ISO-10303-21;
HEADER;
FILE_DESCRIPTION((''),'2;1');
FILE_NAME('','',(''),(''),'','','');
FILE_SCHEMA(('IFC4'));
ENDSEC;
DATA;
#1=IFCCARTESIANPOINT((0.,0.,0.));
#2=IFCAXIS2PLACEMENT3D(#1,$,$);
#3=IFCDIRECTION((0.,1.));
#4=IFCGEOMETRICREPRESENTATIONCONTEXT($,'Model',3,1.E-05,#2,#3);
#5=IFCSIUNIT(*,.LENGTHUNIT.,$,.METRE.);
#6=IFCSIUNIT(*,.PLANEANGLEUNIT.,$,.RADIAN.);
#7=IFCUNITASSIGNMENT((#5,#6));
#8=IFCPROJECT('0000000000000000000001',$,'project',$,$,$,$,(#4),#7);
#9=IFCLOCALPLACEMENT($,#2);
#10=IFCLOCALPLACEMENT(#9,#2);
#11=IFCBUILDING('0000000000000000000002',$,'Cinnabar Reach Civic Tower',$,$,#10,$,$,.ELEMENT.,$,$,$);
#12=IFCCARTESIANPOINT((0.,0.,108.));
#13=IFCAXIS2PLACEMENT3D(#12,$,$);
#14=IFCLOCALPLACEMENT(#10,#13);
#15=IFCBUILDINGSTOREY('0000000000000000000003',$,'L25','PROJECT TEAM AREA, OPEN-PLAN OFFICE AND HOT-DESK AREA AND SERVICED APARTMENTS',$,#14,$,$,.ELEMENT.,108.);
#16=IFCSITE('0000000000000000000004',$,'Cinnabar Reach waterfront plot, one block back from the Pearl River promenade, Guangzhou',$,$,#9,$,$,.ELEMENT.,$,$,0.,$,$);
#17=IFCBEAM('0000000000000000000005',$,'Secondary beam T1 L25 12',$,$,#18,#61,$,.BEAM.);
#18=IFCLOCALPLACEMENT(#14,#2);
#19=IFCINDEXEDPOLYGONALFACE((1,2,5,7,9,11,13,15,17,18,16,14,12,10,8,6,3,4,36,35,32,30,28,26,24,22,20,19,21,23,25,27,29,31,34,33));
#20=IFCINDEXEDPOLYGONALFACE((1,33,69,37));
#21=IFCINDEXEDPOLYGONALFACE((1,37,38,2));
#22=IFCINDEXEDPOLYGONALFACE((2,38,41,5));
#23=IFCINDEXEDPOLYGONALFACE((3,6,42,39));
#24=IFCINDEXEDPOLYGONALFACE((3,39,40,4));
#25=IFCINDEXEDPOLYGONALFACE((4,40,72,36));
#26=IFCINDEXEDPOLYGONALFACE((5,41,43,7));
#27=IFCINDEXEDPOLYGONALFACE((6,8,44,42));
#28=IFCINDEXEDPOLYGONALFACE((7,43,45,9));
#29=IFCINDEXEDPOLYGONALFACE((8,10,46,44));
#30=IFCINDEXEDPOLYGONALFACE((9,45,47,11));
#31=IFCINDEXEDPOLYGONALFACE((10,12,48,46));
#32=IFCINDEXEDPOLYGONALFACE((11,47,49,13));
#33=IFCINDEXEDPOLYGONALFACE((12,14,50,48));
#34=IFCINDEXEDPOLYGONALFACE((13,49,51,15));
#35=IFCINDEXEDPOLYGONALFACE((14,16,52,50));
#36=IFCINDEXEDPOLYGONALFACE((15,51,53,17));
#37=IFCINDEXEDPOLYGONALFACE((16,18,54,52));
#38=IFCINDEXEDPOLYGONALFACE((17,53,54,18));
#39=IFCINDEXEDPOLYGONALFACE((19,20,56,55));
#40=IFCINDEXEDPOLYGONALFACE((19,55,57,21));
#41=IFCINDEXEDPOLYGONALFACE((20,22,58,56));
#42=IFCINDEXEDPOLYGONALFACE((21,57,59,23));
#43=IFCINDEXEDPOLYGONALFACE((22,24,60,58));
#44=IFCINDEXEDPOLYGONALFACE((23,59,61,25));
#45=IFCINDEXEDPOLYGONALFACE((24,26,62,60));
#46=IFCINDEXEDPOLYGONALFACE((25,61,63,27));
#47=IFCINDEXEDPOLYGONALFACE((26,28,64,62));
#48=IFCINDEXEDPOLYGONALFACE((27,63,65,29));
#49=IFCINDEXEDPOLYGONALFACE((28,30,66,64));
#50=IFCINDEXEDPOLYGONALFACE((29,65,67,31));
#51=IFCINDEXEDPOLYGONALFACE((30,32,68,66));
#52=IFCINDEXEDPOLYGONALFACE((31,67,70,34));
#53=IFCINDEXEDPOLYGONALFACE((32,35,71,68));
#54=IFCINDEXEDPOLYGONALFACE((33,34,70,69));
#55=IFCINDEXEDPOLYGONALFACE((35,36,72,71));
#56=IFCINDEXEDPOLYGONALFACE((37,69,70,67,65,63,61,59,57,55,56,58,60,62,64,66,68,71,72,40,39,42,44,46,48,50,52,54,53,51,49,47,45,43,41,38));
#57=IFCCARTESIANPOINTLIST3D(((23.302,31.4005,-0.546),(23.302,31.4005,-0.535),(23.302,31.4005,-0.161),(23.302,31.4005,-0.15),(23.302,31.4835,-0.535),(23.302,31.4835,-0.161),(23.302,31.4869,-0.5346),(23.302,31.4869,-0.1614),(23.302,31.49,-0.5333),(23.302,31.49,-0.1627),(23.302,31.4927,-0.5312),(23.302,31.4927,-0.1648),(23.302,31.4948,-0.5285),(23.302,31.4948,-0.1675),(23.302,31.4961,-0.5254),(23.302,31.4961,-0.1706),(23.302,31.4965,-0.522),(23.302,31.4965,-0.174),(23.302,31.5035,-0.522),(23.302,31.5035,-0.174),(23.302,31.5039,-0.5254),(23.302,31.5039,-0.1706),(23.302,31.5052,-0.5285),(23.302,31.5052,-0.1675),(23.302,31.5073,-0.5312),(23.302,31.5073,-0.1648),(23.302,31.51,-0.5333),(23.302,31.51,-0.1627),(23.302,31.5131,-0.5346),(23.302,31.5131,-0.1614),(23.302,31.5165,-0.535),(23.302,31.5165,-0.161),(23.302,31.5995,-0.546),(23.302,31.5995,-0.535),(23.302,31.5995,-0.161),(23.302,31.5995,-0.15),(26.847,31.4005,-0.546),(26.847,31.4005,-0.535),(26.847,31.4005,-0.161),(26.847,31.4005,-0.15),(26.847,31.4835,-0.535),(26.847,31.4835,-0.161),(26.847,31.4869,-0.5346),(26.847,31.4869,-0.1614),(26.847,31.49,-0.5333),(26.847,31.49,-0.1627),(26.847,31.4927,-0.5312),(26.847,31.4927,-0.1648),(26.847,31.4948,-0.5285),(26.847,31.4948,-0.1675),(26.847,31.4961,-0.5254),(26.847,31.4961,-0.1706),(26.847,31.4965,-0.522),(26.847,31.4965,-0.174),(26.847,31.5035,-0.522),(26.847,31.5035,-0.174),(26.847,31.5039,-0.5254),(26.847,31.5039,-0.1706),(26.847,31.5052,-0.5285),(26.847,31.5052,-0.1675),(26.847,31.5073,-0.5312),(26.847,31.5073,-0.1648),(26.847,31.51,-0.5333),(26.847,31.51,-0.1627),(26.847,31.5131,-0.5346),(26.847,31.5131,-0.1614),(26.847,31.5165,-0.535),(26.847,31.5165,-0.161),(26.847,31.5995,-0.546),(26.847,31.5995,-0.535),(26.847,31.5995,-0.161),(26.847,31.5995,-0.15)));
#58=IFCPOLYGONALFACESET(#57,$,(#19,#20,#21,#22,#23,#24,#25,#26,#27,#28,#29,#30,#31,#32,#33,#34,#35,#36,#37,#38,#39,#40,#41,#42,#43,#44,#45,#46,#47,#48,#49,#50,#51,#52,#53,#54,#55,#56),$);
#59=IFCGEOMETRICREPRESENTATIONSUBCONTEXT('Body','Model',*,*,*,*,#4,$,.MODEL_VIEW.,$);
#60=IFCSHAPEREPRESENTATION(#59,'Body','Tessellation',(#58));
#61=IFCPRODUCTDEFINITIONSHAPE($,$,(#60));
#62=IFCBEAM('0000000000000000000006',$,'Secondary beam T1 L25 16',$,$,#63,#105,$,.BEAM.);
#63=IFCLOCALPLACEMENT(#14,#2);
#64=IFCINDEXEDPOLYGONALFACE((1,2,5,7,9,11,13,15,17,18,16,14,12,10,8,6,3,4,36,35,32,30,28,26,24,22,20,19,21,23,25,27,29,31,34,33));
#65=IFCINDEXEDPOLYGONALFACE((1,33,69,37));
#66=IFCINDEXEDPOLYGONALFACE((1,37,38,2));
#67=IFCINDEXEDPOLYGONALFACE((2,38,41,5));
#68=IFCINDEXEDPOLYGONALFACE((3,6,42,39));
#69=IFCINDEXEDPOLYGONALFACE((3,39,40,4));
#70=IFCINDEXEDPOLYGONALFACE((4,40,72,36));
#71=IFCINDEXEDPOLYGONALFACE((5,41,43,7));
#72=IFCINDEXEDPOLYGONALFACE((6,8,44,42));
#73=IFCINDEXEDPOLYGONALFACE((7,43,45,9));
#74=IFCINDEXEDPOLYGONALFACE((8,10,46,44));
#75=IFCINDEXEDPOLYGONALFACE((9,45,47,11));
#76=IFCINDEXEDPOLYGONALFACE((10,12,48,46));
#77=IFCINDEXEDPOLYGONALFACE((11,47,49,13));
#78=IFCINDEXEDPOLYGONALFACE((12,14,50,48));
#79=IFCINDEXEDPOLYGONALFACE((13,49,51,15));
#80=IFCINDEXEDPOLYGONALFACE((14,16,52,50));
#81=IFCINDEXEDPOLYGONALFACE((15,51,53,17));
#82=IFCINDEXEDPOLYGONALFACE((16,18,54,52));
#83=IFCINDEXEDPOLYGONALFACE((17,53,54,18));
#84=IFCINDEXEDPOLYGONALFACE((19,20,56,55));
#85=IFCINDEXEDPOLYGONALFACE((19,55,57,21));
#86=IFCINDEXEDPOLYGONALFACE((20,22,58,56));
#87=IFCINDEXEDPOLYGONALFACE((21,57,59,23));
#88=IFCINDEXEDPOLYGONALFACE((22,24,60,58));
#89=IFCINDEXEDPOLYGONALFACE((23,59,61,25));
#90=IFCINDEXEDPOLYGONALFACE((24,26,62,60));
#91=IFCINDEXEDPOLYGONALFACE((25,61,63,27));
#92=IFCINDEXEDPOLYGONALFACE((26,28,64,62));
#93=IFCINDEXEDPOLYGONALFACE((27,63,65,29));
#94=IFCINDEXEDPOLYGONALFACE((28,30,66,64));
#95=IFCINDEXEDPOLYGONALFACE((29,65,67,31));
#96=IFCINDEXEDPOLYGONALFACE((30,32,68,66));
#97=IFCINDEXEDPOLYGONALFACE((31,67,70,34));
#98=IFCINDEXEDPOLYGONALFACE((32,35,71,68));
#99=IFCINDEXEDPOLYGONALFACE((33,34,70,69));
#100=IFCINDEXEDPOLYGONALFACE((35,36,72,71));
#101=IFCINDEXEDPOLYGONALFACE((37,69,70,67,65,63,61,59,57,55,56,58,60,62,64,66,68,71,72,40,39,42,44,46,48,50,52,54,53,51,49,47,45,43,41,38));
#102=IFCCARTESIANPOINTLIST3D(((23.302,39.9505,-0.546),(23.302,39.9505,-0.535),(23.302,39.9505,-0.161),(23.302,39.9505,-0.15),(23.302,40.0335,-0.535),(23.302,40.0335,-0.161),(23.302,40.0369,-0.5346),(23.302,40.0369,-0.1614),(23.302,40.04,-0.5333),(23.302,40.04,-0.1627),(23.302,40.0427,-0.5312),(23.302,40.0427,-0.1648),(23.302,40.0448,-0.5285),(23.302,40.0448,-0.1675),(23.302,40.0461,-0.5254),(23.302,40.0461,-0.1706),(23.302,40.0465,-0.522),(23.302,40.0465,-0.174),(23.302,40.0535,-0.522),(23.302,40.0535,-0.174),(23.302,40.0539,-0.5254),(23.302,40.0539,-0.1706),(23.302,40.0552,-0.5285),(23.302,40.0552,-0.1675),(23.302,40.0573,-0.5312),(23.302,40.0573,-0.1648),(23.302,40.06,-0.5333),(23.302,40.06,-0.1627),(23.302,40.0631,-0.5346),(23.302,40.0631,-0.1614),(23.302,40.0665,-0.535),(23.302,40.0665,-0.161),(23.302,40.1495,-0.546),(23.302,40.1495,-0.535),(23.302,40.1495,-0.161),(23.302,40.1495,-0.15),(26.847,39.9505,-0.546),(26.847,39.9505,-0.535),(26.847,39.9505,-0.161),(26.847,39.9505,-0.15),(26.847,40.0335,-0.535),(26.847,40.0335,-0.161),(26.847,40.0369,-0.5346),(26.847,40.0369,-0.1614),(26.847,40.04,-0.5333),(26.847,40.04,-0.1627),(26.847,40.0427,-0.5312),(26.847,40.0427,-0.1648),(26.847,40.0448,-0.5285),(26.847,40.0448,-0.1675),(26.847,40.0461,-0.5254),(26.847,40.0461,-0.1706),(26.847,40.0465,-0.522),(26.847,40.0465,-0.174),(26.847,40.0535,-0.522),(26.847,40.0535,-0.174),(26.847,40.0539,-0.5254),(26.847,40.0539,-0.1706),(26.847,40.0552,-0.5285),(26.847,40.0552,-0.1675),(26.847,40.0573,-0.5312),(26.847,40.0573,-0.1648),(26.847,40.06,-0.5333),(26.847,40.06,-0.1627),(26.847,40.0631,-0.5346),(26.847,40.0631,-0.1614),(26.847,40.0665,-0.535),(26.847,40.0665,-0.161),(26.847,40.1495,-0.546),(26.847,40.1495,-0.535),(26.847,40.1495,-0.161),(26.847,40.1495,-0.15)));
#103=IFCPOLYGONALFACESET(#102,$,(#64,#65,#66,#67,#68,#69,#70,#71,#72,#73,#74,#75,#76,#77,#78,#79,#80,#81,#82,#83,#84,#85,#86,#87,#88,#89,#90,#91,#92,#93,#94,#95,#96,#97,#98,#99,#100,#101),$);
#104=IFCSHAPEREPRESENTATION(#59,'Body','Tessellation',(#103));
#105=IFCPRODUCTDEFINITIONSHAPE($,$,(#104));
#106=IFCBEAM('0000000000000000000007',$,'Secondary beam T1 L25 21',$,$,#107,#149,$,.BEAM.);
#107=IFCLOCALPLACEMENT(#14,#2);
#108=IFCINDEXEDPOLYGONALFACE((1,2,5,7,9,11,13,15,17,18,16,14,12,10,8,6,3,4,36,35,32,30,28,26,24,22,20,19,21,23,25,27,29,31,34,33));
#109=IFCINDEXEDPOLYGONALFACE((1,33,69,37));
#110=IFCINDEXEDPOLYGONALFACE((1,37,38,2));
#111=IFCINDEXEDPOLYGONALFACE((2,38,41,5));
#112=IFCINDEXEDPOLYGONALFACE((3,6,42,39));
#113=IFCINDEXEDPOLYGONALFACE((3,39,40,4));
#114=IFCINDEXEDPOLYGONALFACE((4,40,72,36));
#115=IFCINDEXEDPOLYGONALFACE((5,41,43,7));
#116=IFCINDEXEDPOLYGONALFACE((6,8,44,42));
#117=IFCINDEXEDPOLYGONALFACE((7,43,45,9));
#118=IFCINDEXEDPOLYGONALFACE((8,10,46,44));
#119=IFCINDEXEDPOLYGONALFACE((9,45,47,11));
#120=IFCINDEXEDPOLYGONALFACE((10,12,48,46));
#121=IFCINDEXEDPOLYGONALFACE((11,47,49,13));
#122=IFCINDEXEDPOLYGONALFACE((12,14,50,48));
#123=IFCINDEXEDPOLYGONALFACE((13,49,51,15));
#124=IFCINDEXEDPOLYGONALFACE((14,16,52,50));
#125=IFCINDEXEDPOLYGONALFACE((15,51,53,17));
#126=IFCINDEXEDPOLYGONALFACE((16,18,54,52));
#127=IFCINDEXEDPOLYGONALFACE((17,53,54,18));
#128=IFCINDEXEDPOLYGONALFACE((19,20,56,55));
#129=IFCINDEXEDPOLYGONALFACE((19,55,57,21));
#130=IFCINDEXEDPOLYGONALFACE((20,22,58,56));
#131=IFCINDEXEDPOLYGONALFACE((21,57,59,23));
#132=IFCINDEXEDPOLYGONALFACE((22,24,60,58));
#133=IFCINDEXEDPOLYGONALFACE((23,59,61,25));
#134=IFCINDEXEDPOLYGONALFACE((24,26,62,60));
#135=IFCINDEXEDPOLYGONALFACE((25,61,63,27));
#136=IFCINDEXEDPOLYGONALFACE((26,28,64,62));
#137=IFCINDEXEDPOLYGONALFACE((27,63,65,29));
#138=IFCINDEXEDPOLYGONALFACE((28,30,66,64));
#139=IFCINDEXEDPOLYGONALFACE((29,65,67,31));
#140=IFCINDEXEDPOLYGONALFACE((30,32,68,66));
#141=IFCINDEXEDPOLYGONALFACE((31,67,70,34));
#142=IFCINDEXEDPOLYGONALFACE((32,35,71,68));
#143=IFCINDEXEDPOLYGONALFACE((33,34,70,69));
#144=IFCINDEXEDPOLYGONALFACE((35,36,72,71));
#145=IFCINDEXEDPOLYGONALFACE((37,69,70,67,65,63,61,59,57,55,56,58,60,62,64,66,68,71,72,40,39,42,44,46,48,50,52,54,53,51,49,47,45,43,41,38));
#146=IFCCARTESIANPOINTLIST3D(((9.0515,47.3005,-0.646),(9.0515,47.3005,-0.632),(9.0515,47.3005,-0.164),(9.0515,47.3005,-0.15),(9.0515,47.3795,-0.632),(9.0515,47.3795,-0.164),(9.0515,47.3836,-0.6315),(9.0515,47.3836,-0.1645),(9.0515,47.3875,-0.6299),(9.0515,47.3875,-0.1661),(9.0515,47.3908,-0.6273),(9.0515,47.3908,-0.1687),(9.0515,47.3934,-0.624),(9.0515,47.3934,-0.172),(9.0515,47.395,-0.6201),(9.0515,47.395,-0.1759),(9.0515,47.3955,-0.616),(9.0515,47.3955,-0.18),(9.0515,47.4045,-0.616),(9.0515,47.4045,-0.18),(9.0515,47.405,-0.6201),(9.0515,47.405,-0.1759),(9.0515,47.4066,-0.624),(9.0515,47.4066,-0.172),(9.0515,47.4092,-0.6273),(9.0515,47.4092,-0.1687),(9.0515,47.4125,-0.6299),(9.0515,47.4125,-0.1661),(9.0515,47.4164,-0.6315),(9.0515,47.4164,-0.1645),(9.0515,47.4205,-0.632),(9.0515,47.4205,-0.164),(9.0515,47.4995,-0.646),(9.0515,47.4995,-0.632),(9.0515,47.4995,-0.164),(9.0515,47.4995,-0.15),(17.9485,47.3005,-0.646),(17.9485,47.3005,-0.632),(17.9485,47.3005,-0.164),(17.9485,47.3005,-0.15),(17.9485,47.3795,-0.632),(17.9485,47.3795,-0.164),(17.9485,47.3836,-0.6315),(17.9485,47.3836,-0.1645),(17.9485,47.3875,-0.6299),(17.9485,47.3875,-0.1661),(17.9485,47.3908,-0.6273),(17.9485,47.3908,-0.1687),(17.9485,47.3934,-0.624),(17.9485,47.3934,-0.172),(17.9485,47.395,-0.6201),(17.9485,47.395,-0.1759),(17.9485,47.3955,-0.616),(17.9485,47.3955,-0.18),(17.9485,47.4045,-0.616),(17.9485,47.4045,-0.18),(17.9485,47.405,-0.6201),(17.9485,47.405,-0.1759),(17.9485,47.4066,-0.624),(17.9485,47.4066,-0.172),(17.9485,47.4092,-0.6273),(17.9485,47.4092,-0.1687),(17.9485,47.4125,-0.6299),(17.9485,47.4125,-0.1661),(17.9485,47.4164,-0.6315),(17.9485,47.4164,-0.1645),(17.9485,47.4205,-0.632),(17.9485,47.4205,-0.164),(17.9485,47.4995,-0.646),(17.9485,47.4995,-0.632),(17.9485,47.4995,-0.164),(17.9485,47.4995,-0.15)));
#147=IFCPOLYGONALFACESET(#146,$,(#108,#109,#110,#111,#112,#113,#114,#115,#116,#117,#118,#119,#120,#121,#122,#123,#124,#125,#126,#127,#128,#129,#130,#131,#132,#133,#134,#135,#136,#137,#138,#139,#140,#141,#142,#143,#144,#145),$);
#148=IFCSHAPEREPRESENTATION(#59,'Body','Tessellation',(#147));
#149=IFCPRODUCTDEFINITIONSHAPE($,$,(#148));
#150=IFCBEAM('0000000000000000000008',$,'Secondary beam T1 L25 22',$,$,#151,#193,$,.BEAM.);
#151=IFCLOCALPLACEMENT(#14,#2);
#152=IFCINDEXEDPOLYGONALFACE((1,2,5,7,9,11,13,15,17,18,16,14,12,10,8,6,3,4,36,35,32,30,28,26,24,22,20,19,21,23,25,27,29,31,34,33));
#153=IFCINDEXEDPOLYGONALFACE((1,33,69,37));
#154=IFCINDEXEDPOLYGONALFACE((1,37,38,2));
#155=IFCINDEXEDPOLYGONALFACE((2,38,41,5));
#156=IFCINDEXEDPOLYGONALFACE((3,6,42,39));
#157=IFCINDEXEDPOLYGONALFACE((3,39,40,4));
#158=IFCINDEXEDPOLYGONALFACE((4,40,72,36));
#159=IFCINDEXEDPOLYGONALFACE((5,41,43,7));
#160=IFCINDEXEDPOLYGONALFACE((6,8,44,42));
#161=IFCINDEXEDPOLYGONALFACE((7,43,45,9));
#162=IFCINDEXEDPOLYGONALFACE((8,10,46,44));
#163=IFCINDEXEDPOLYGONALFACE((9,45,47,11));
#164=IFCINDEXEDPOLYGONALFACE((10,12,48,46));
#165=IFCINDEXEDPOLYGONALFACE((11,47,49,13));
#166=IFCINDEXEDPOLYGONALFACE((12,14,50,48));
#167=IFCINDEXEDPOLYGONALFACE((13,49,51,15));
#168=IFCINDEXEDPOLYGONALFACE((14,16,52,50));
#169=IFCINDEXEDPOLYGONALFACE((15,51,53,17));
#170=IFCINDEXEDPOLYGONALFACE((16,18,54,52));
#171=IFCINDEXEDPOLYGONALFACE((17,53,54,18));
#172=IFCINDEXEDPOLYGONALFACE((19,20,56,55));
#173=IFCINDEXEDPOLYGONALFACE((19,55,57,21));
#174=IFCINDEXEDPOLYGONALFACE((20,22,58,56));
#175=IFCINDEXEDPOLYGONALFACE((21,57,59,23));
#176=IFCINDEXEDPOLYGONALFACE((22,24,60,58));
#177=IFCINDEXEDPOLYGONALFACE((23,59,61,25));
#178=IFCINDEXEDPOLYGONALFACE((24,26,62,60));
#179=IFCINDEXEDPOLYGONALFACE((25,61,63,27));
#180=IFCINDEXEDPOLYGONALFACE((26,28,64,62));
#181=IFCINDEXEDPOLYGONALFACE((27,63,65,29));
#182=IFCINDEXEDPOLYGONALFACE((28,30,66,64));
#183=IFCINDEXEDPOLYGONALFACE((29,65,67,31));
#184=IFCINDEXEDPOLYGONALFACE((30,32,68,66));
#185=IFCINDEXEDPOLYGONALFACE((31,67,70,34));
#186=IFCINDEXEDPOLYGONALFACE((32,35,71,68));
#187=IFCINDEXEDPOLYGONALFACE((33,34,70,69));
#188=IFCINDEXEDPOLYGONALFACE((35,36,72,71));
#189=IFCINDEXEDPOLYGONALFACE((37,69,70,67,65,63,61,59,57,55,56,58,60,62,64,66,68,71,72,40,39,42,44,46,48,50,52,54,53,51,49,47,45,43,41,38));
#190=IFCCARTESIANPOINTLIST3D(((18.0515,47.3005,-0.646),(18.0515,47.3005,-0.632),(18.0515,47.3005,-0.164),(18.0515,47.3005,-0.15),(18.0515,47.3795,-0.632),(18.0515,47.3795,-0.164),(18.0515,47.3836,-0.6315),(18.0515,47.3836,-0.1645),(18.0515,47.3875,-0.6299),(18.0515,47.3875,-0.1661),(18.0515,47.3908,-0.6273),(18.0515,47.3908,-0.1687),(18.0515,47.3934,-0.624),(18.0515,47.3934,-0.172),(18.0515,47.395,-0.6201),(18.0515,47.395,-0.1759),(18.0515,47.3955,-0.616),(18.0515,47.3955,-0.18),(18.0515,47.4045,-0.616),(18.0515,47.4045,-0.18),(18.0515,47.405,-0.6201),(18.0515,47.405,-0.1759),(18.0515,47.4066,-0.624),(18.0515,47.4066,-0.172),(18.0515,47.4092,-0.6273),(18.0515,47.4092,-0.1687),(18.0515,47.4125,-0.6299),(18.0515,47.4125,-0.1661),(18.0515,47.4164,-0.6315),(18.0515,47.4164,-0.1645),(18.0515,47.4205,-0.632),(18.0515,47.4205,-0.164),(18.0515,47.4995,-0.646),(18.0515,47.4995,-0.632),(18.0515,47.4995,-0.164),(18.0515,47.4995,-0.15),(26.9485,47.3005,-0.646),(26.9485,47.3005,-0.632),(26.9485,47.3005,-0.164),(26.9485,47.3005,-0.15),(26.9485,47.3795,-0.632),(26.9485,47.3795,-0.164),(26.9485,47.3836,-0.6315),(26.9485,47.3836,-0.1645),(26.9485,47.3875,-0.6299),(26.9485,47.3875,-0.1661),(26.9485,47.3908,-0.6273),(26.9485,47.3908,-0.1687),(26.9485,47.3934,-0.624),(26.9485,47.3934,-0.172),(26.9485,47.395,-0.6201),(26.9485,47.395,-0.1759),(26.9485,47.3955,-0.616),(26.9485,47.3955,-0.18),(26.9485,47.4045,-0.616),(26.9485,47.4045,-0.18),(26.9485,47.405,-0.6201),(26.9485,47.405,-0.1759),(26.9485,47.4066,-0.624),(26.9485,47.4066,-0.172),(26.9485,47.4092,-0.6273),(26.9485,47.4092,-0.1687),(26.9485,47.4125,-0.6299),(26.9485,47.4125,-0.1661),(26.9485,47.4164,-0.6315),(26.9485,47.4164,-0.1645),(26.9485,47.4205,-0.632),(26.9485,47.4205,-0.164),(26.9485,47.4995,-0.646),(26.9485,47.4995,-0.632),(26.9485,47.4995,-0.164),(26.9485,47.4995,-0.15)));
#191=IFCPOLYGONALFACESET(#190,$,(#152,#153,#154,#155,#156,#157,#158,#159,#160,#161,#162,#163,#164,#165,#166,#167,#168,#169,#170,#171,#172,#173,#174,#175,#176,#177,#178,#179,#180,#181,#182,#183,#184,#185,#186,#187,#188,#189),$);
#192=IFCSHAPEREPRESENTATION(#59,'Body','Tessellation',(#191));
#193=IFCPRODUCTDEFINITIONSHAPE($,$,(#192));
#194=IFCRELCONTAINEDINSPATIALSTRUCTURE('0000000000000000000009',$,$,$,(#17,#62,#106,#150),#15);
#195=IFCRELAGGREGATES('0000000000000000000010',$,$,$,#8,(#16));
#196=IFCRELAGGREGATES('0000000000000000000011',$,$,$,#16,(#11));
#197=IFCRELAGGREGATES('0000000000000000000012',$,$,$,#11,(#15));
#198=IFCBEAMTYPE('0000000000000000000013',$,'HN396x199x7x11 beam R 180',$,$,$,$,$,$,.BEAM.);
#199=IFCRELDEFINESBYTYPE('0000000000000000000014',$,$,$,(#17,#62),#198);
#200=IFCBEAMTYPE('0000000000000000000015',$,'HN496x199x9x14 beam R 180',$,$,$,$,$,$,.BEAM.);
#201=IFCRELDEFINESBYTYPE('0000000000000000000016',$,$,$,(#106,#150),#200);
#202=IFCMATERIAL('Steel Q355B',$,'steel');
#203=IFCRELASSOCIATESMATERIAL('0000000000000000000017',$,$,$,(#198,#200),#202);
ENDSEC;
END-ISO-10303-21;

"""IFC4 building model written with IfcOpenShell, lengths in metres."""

from ifc_helpers import new_model, si_unit, direction, frame, origin, origin_2d, place, context, subcontext, project, spatial, i_section, extrude, material, material_profile, profile_set, type_object, element, save


model = new_model("IFC4")

# Units and contexts
model_context = context("Model", 3, precision=1e-05, world=origin(), true_north=direction((0.0, 1.0)))
body_context = subcontext(model_context, "Body", "Model", "MODEL_VIEW")
ifc_project = project(units=[si_unit("LENGTHUNIT", "METRE"), si_unit("PLANEANGLEUNIT", "RADIAN")], contexts=[model_context])

# Site, building, storey
site_placement = place(None, origin())
site = spatial("IfcSite", under=ifc_project, at=site_placement, Name="Cinnabar Reach waterfront plot, one block back from the Pearl River promenade, Guangzhou", CompositionType="ELEMENT", RefElevation=0.0)
building_placement = place(site_placement, origin())
building = spatial("IfcBuilding", under=site, at=building_placement, Name="Cinnabar Reach Civic Tower", CompositionType="ELEMENT")
storey_placement = place(building_placement, frame((0.0, 0.0, 108.0)))
storey = spatial("IfcBuildingStorey", under=building, at=storey_placement, Name="L25", Description="PROJECT TEAM AREA, OPEN-PLAN OFFICE AND HOT-DESK AREA AND SERVICED APARTMENTS", CompositionType="ELEMENT", Elevation=108.0)

# Beams
ifc_material_1 = material(Name="Steel Q355B", Category="steel")
ifc_material_profile_1 = material_profile(ifc_material_1, i_section(OverallWidth=0.199, OverallDepth=0.396, WebThickness=0.007, FlangeThickness=0.011, FilletRadius=0.013, at=origin_2d()), Name="HN396x199x7x11")
ifc_profile_set_1 = profile_set([ifc_material_profile_1], Name="Steel Q355B")
beam_type_1 = type_object("IfcBeamType", Name="HN396x199x7x11 beam R 180", PredefinedType="BEAM", material=ifc_profile_set_1)
for number, where, z_axis, x_axis, name in (
    (1, (23.302, 31.5, -0.348), (1.0, 0.0, 0.0), (0.0, 1.0, 0.0), "Secondary beam T1 L25 12"),
    (2, (23.302, 40.05, -0.348), (1.0, 0.0, 0.0), (0.0, 1.0, 0.0), "Secondary beam T1 L25 16"),
):
    element("IfcBeam", number, at=place(storey_placement, frame(where, z_axis=z_axis, x_axis=x_axis)), inside=storey, type_object=beam_type_1, Name=name, PredefinedType="BEAM", context=body_context, shape_type="SweptSolid", body=[
        extrude(i_section(OverallWidth=0.199, OverallDepth=0.396, WebThickness=0.007, FlangeThickness=0.011, FilletRadius=0.013, at=origin_2d()), origin(), (0.0, 0.0, 1.0), 3.545),
    ])
ifc_material_profile_2 = material_profile(ifc_material_1, i_section(OverallWidth=0.199, OverallDepth=0.496, WebThickness=0.009, FlangeThickness=0.014, FilletRadius=0.016, at=origin_2d()), Name="HN496x199x9x14")
ifc_profile_set_2 = profile_set([ifc_material_profile_2], Name="Steel Q355B")
beam_type_2 = type_object("IfcBeamType", Name="HN496x199x9x14 beam R 180", PredefinedType="BEAM", material=ifc_profile_set_2)
for number, where, z_axis, x_axis, name in (
    (3, (9.0515, 47.4, -0.398), (1.0, 0.0, 0.0), (0.0, 1.0, 0.0), "Secondary beam T1 L25 21"),
    (4, (18.0515, 47.4, -0.398), (1.0, 0.0, 0.0), (0.0, 1.0, 0.0), "Secondary beam T1 L25 22"),
):
    element("IfcBeam", number, at=place(storey_placement, frame(where, z_axis=z_axis, x_axis=x_axis)), inside=storey, type_object=beam_type_2, Name=name, PredefinedType="BEAM", context=body_context, shape_type="SweptSolid", body=[
        extrude(i_section(OverallWidth=0.199, OverallDepth=0.496, WebThickness=0.009, FlangeThickness=0.014, FilletRadius=0.016, at=origin_2d()), origin(), (0.0, 0.0, 1.0), 8.897),
    ])

save(model, "model.ifc")
